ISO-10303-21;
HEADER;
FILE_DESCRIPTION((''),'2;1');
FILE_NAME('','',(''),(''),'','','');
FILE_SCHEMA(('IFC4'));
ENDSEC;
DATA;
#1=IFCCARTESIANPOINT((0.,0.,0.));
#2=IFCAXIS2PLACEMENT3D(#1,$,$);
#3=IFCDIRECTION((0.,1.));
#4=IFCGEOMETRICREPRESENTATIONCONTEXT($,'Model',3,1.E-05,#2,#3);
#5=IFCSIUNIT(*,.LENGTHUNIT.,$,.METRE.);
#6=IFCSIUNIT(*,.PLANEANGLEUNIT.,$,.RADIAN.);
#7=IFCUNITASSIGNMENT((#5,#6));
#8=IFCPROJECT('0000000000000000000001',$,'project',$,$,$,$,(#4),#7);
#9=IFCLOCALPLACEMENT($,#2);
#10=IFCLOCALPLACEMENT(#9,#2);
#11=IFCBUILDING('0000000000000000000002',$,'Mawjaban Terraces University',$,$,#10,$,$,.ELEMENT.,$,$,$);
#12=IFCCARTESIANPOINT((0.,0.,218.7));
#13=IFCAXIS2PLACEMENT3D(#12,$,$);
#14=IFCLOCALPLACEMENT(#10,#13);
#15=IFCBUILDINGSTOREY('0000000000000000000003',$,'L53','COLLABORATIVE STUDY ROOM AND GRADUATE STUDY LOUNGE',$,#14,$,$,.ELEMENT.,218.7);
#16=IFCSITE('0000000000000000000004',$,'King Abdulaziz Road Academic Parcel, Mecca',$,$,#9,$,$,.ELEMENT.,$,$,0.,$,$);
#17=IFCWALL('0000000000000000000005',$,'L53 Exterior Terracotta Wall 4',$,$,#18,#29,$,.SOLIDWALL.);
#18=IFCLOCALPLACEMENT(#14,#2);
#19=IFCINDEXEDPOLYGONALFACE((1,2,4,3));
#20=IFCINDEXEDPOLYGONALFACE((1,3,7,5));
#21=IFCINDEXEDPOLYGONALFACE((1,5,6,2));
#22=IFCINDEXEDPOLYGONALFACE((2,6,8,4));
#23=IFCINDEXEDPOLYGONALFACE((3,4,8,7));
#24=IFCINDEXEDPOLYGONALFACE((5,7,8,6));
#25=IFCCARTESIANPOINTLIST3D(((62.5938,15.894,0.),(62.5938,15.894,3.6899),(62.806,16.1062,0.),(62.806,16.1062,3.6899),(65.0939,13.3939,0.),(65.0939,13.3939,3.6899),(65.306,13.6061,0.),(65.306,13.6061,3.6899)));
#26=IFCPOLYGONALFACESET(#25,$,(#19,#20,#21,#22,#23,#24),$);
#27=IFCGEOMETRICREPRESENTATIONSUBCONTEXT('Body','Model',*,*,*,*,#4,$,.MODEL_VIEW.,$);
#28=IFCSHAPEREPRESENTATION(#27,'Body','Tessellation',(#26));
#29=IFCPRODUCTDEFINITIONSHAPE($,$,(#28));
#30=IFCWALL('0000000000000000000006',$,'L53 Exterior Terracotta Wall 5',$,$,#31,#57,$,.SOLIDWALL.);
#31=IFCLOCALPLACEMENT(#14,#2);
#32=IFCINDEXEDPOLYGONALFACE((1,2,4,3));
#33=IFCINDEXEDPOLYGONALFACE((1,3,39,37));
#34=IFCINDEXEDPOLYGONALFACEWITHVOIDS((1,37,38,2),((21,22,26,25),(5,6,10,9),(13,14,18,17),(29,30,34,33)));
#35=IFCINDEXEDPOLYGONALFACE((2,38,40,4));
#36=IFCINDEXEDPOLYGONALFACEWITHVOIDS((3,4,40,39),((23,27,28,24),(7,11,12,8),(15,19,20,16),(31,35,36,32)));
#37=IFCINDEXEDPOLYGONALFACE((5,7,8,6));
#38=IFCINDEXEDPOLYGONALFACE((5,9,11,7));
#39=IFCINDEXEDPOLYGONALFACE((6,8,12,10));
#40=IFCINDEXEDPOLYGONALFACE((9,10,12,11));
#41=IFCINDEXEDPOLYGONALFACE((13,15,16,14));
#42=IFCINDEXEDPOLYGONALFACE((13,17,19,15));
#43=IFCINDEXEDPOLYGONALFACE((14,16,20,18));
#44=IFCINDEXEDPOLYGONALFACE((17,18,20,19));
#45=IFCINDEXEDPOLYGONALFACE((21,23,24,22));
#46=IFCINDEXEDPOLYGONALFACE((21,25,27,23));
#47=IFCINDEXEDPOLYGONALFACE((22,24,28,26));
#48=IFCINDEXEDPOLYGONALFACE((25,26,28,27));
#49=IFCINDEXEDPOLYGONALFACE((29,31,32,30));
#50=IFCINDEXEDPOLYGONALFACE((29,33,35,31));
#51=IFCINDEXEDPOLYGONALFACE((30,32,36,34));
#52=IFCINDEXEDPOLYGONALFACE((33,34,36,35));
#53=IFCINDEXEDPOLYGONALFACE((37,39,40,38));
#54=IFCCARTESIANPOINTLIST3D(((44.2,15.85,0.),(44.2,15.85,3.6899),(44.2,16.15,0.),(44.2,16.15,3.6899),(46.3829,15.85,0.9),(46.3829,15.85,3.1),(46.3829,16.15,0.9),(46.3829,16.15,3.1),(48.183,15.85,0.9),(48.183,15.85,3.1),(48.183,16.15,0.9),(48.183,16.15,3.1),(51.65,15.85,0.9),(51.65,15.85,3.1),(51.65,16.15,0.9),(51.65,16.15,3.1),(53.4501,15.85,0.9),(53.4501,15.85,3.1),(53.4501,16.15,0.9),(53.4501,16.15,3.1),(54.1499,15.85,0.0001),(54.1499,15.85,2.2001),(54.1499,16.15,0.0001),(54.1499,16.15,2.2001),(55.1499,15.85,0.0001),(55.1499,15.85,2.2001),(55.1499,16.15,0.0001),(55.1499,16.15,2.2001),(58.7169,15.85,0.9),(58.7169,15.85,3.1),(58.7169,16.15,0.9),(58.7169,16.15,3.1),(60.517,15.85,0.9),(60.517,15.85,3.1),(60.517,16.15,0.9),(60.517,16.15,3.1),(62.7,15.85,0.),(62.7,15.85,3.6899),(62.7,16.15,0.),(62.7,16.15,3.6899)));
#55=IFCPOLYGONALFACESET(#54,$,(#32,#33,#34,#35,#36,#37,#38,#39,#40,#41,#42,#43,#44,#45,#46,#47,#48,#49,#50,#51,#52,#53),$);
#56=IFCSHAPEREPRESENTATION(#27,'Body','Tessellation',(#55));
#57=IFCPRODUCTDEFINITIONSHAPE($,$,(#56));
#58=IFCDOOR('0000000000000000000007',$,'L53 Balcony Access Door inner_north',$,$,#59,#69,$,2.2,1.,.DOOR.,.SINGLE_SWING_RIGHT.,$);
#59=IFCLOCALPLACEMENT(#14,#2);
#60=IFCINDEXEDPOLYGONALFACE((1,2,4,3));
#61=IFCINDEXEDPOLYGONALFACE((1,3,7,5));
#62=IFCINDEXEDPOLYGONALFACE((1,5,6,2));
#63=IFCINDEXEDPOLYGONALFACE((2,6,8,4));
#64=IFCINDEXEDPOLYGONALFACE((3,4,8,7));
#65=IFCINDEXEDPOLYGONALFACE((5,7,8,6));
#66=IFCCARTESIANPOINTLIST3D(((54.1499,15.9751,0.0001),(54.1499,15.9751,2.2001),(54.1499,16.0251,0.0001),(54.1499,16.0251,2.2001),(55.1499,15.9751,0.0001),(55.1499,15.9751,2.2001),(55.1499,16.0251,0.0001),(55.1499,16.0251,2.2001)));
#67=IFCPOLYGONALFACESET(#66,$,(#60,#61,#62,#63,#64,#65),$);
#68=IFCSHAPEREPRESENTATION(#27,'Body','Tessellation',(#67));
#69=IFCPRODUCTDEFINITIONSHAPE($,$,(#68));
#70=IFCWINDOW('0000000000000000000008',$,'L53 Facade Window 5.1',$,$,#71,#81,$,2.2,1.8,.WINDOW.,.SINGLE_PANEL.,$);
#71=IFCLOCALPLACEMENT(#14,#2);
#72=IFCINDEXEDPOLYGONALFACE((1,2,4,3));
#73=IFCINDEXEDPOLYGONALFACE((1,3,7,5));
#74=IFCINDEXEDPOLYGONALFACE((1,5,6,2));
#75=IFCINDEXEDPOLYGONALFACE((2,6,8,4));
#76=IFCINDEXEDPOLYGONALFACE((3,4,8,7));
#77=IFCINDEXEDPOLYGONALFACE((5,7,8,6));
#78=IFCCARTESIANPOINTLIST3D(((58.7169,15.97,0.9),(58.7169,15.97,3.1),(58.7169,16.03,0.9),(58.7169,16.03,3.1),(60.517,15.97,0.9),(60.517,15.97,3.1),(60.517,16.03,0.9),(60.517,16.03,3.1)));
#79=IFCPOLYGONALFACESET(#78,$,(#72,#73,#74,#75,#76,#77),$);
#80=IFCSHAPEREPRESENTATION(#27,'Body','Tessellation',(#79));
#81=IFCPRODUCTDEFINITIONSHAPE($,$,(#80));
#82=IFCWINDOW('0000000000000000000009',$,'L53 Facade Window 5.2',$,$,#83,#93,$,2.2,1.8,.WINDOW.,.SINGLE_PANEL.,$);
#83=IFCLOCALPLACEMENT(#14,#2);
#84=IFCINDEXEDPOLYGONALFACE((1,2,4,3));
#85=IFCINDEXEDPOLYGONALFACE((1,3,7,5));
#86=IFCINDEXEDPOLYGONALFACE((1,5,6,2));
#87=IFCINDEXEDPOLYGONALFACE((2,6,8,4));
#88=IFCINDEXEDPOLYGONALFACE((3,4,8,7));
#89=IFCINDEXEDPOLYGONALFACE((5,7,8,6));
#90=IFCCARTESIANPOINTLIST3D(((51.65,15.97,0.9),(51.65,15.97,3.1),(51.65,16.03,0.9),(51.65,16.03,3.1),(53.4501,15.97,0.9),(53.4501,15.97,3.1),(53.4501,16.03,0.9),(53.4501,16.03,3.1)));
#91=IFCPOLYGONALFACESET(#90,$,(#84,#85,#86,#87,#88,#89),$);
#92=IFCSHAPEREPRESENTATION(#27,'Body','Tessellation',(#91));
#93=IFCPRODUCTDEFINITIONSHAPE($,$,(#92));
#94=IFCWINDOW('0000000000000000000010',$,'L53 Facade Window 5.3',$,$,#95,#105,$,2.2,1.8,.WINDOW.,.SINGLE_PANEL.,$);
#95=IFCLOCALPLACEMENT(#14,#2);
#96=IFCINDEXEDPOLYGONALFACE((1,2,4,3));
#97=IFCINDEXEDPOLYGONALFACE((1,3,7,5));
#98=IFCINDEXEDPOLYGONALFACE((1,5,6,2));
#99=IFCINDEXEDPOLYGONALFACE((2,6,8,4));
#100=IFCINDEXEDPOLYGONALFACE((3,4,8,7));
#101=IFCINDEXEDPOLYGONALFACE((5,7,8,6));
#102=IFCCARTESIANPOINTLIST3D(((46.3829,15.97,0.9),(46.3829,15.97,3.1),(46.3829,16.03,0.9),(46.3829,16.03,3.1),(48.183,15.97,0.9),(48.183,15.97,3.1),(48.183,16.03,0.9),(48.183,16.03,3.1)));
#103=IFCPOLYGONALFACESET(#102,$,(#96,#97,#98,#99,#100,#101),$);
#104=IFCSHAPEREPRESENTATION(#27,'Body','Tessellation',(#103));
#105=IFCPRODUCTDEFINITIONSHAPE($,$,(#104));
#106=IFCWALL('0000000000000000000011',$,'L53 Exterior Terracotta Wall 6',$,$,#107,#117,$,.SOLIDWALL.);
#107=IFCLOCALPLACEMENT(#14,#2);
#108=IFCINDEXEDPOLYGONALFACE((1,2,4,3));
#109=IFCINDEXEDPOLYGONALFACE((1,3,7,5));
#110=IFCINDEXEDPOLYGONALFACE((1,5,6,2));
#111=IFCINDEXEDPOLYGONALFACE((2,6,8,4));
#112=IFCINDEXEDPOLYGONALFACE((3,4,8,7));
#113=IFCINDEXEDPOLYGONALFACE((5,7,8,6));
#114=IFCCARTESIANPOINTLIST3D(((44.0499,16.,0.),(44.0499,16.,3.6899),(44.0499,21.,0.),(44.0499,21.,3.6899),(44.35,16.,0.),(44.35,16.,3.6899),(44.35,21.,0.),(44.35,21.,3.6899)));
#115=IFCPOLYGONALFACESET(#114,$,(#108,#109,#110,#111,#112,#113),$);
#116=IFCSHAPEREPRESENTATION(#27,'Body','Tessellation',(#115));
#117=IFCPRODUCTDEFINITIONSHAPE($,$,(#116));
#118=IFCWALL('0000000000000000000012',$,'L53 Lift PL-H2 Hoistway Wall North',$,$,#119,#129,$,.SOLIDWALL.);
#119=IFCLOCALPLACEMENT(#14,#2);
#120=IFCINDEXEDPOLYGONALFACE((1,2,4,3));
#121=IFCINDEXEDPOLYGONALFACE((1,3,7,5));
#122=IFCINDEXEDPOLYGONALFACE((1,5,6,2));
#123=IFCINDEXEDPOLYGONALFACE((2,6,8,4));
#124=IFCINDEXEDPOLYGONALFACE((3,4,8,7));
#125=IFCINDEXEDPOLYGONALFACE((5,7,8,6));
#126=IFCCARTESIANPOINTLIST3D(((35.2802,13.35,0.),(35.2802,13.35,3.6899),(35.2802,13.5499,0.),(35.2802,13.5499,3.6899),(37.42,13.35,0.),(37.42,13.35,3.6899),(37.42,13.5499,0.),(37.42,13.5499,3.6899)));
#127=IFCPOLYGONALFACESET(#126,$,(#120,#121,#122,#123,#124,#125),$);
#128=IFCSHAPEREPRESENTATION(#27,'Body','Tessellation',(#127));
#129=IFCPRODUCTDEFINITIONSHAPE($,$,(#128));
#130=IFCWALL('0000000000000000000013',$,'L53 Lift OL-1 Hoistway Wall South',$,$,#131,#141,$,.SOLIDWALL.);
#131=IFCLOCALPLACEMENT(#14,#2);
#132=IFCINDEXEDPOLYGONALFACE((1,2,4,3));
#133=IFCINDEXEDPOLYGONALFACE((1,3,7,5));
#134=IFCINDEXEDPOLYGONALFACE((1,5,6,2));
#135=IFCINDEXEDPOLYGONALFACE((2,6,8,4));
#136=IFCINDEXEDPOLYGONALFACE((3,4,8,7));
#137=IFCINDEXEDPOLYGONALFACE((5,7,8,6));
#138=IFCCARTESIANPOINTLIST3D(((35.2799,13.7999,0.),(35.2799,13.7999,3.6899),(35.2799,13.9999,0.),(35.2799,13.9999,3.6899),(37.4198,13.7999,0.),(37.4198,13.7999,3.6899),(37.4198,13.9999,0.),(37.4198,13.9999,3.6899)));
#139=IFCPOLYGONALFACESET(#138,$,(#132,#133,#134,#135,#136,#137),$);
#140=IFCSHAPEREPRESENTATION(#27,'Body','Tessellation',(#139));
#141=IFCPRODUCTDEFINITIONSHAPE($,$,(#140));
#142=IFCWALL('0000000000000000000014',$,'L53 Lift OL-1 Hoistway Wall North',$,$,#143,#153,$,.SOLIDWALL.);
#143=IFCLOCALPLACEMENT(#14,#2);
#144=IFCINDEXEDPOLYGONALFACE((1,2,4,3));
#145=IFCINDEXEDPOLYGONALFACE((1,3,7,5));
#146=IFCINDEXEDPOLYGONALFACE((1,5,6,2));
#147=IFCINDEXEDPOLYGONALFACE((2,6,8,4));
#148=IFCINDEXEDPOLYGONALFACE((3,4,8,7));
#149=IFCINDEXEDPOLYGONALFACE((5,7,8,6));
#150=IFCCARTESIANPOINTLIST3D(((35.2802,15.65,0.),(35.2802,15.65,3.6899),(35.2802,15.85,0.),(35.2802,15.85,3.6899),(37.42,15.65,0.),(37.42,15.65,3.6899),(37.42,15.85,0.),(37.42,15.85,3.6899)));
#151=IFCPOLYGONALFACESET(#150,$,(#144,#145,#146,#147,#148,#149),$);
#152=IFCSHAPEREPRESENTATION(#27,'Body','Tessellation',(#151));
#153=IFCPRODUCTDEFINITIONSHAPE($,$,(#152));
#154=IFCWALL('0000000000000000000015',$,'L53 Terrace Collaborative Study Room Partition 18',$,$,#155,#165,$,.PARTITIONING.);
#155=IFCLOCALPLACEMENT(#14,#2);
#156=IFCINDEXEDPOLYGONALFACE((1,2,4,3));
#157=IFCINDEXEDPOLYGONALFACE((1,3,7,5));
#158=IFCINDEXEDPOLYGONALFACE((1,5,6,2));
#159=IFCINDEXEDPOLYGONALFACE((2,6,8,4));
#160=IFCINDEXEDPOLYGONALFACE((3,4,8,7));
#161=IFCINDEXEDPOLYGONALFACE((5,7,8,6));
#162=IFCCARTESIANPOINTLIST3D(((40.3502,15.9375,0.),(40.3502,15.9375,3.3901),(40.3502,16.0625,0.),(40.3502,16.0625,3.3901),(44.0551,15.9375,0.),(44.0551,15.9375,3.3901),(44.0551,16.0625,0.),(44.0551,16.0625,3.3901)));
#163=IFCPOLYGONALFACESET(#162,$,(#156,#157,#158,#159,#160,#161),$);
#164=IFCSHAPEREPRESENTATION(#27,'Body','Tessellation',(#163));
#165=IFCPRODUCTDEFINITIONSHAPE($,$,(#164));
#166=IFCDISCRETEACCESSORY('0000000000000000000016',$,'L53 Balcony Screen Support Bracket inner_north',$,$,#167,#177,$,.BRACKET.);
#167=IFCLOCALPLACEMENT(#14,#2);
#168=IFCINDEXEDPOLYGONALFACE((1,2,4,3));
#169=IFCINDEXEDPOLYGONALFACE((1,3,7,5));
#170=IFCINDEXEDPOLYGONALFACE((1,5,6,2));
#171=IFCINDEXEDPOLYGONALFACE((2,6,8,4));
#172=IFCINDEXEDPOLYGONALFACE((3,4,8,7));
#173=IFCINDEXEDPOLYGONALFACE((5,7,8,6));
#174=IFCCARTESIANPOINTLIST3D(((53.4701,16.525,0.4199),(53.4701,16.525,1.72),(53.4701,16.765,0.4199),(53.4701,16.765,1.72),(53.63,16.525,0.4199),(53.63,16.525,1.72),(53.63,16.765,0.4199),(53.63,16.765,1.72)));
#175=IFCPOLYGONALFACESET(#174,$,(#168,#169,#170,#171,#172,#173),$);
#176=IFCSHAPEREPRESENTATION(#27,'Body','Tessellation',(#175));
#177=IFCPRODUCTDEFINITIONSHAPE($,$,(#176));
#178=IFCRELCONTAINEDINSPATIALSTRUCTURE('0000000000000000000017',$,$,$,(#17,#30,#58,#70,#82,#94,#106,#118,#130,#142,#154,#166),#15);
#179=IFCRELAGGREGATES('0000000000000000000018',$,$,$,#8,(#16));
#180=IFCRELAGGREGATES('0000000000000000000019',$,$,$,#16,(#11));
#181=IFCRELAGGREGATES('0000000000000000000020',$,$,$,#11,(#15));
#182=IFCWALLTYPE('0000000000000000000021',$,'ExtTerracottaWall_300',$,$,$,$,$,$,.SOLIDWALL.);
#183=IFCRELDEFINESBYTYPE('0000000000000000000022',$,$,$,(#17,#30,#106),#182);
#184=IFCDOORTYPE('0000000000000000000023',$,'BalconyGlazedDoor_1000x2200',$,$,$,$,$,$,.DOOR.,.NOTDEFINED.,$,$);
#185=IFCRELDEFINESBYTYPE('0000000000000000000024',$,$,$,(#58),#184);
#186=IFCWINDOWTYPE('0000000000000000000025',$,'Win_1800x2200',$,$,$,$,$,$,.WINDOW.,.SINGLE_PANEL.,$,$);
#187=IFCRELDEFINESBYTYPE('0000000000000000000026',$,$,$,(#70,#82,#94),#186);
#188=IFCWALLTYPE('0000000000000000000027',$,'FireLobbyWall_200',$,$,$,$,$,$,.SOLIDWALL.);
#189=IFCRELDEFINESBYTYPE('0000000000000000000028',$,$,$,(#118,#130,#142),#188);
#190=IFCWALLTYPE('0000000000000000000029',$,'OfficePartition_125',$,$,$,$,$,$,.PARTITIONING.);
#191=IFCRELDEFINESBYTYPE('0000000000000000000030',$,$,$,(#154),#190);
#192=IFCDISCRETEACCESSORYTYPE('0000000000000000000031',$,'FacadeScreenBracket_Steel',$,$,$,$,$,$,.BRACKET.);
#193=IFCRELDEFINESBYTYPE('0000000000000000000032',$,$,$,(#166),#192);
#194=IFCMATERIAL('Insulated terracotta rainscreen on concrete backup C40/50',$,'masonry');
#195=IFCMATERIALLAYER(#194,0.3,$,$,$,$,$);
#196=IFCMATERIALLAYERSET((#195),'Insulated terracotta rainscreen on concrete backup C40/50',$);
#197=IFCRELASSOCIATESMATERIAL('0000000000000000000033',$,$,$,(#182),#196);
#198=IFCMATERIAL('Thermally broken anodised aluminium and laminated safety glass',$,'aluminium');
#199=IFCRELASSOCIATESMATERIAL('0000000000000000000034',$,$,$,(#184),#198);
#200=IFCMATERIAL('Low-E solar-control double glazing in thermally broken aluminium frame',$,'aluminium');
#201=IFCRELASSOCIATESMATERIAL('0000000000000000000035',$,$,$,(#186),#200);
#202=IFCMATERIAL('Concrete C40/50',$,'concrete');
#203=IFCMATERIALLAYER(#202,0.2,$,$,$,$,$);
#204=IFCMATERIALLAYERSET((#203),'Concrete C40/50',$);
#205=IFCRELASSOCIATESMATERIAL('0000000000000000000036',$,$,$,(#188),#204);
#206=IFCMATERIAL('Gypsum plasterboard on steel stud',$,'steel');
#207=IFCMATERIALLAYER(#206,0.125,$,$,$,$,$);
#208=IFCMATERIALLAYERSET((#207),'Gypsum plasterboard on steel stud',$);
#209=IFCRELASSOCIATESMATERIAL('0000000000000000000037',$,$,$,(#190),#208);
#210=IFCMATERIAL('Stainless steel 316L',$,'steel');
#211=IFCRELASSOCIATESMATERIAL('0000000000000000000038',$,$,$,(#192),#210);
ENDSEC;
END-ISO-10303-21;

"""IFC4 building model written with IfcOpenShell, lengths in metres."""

from ifc_helpers import new_model, si_unit, direction, frame, frame_2d, origin, origin_2d, place, context, subcontext, project, spatial, rectangle, extrude, material, layer, layer_set, type_object, element, fill, save


model = new_model("IFC4")

# Units and contexts
model_context = context("Model", 3, precision=1e-05, world=origin(), true_north=direction((0.0, 1.0)))
body_context = subcontext(model_context, "Body", "Model", "MODEL_VIEW")
ifc_project = project(units=[si_unit("LENGTHUNIT", "METRE"), si_unit("PLANEANGLEUNIT", "RADIAN")], contexts=[model_context])

# Site, building, storey
site_placement = place(None, origin())
site = spatial("IfcSite", under=ifc_project, at=site_placement, Name="King Abdulaziz Road Academic Parcel, Mecca", CompositionType="ELEMENT", RefElevation=0.0)
building_placement = place(site_placement, origin())
building = spatial("IfcBuilding", under=site, at=building_placement, Name="Mawjaban Terraces University", CompositionType="ELEMENT")
storey_placement = place(building_placement, frame((0.0, 0.0, 218.7)))
storey = spatial("IfcBuildingStorey", under=building, at=storey_placement, Name="L53", Description="COLLABORATIVE STUDY ROOM AND GRADUATE STUDY LOUNGE", CompositionType="ELEMENT", Elevation=218.7)

# Wall
ifc_material_1 = material(Name="Insulated terracotta rainscreen on concrete backup C40/50", Category="masonry")
ifc_layer_1 = layer(ifc_material_1, 0.3)
ifc_layer_set_1 = layer_set([ifc_layer_1], Name="Insulated terracotta rainscreen on concrete backup C40/50")
wall_type_1 = type_object("IfcWallType", Name="ExtTerracottaWall_300", PredefinedType="SOLIDWALL", material=ifc_layer_set_1)
wall_1_placement = place(storey_placement, frame((65.2, 13.5, 0.0), z_axis=(0.0, 0.0, 1.0), x_axis=(-0.707107, 0.707107, 0.0)))
element("IfcWall", 1, at=wall_1_placement, inside=storey, type_object=wall_type_1, Name="L53 Exterior Terracotta Wall 4", PredefinedType="SOLIDWALL", context=body_context, shape_type="SweptSolid", body=[
    extrude(rectangle(XDim=3.5356, YDim=0.3, at=frame_2d((1.7678, 0.0))), origin(), (0.0, 0.0, 1.0), 3.6899),
])

# Wall, openings, door, windows
wall_2_placement = place(storey_placement, frame((62.7, 16.0, 0.0), z_axis=(0.0, 0.0, 1.0), x_axis=(-1.0, 0.0, 0.0)))
wall_2 = element("IfcWall", 2, at=wall_2_placement, inside=storey, type_object=wall_type_1, Name="L53 Exterior Terracotta Wall 5", PredefinedType="SOLIDWALL", context=body_context, shape_type="SweptSolid", body=[
    extrude(rectangle(XDim=18.5, YDim=0.3, at=frame_2d((9.25, 0.0))), origin(), (0.0, 0.0, 1.0), 3.6899),
])
opening_1_placement = place(wall_2_placement, frame((7.55, 0.0, 0.0)))
opening_1 = element("IfcOpeningElement", 3, at=opening_1_placement, cuts=wall_2, PredefinedType="OPENING", context=body_context, shape_type="SweptSolid", body=[
    extrude(rectangle(XDim=1.0, YDim=2.2, at=frame_2d((0.5, 1.1001))), frame((0.0, 0.1599, 0.0), z_axis=(0.0, -1.0, 0.0), x_axis=(1.0, 0.0, 0.0)), (0.0, 0.0, 1.0), 0.3201),
])
opening_2_placement = place(wall_2_placement, frame((2.1831, 0.0, 0.8999)))
opening_2 = element("IfcOpeningElement", 4, at=opening_2_placement, cuts=wall_2, PredefinedType="OPENING", context=body_context, shape_type="SweptSolid", body=[
    extrude(rectangle(XDim=1.8, YDim=2.2, at=frame_2d((0.8999, 1.1001))), frame((0.0, 0.1599, 0.0), z_axis=(0.0, -1.0, 0.0), x_axis=(1.0, 0.0, 0.0)), (0.0, 0.0, 1.0), 0.3201),
])
opening_3_placement = place(wall_2_placement, frame((9.25, 0.0, 0.8999)))
opening_3 = element("IfcOpeningElement", 5, at=opening_3_placement, cuts=wall_2, PredefinedType="OPENING", context=body_context, shape_type="SweptSolid", body=[
    extrude(rectangle(XDim=1.8, YDim=2.2, at=frame_2d((0.8999, 1.1001))), frame((0.0, 0.1599, 0.0), z_axis=(0.0, -1.0, 0.0), x_axis=(1.0, 0.0, 0.0)), (0.0, 0.0, 1.0), 0.3201),
])
opening_4_placement = place(wall_2_placement, frame((14.5171, 0.0, 0.8999)))
opening_4 = element("IfcOpeningElement", 6, at=opening_4_placement, cuts=wall_2, PredefinedType="OPENING", context=body_context, shape_type="SweptSolid", body=[
    extrude(rectangle(XDim=1.8, YDim=2.2, at=frame_2d((0.8999, 1.1001))), frame((0.0, 0.1599, 0.0), z_axis=(0.0, -1.0, 0.0), x_axis=(1.0, 0.0, 0.0)), (0.0, 0.0, 1.0), 0.3201),
])
ifc_material_2 = material(Name="Thermally broken anodised aluminium and laminated safety glass", Category="aluminium")
door_type_1 = type_object("IfcDoorType", Name="BalconyGlazedDoor_1000x2200", OperationType="NOTDEFINED", PredefinedType="DOOR", material=ifc_material_2)
door_1_placement = place(opening_1_placement, origin())
door_1 = element("IfcDoor", 7, at=door_1_placement, inside=storey, type_object=door_type_1, Name="L53 Balcony Access Door inner_north", OperationType="SINGLE_SWING_RIGHT", OverallHeight=2.2, OverallWidth=1.0, PredefinedType="DOOR", context=body_context, shape_type="SweptSolid", body=[
    extrude(rectangle(XDim=1.0, YDim=2.2, at=frame_2d((0.5, 1.1001))), frame((0.0, 0.0249, 0.0), z_axis=(0.0, -1.0, 0.0), x_axis=(1.0, 0.0, 0.0)), (0.0, 0.0, 1.0), 0.05),
])
fill(opening_1, door_1)
ifc_material_3 = material(Name="Low-E solar-control double glazing in thermally broken aluminium frame", Category="aluminium")
window_type = type_object("IfcWindowType", Name="Win_1800x2200", PartitioningType="SINGLE_PANEL", PredefinedType="WINDOW", material=ifc_material_3)
window_1_placement = place(opening_2_placement, origin())
window_1 = element("IfcWindow", 8, at=window_1_placement, inside=storey, type_object=window_type, Name="L53 Facade Window 5.1", OverallHeight=2.2, OverallWidth=1.8, PartitioningType="SINGLE_PANEL", PredefinedType="WINDOW", context=body_context, shape_type="SweptSolid", body=[
    extrude(rectangle(XDim=1.8, YDim=2.2, at=frame_2d((0.8999, 1.1001))), frame((0.0, 0.03, 0.0), z_axis=(0.0, -1.0, 0.0), x_axis=(1.0, 0.0, 0.0)), (0.0, 0.0, 1.0), 0.0601),
])
fill(opening_2, window_1)
window_2_placement = place(opening_3_placement, origin())
window_2 = element("IfcWindow", 9, at=window_2_placement, inside=storey, type_object=window_type, Name="L53 Facade Window 5.2", OverallHeight=2.2, OverallWidth=1.8, PartitioningType="SINGLE_PANEL", PredefinedType="WINDOW", context=body_context, shape_type="SweptSolid", body=[
    extrude(rectangle(XDim=1.8, YDim=2.2, at=frame_2d((0.8999, 1.1001))), frame((0.0, 0.03, 0.0), z_axis=(0.0, -1.0, 0.0), x_axis=(1.0, 0.0, 0.0)), (0.0, 0.0, 1.0), 0.0601),
])
fill(opening_3, window_2)
window_3_placement = place(opening_4_placement, origin())
window_3 = element("IfcWindow", 10, at=window_3_placement, inside=storey, type_object=window_type, Name="L53 Facade Window 5.3", OverallHeight=2.2, OverallWidth=1.8, PartitioningType="SINGLE_PANEL", PredefinedType="WINDOW", context=body_context, shape_type="SweptSolid", body=[
    extrude(rectangle(XDim=1.8, YDim=2.2, at=frame_2d((0.8999, 1.1001))), frame((0.0, 0.03, 0.0), z_axis=(0.0, -1.0, 0.0), x_axis=(1.0, 0.0, 0.0)), (0.0, 0.0, 1.0), 0.0601),
])
fill(opening_4, window_3)

# Walls
wall_3_placement = place(storey_placement, frame((44.2, 16.0, 0.0), z_axis=(0.0, 0.0, 1.0), x_axis=(0.0, 1.0, 0.0)))
element("IfcWall", 11, at=wall_3_placement, inside=storey, type_object=wall_type_1, Name="L53 Exterior Terracotta Wall 6", PredefinedType="SOLIDWALL", context=body_context, shape_type="SweptSolid", body=[
    extrude(rectangle(XDim=5.0, YDim=0.3, at=frame_2d((2.5, 0.0))), origin(), (0.0, 0.0, 1.0), 3.6899),
])
ifc_material_4 = material(Name="Concrete C40/50", Category="concrete")
ifc_layer_2 = layer(ifc_material_4, 0.2)
ifc_layer_set_2 = layer_set([ifc_layer_2], Name="Concrete C40/50")
wall_type_2 = type_object("IfcWallType", Name="FireLobbyWall_200", PredefinedType="SOLIDWALL", material=ifc_layer_set_2)
for number, where, z_axis, x_axis, name in (
    (12, (37.4199, 13.45, 0.0), (0.0, 0.0, 1.0), (-1.0, 0.0, 0.0), "L53 Lift PL-H2 Hoistway Wall North"),
    (13, (35.28, 13.8999, 0.0), (0.0, 0.0, 1.0), (1.0, 0.0, 0.0), "L53 Lift OL-1 Hoistway Wall South"),
    (14, (37.4199, 15.75, 0.0), (0.0, 0.0, 1.0), (-1.0, 0.0, 0.0), "L53 Lift OL-1 Hoistway Wall North"),
):
    element("IfcWall", number, at=place(storey_placement, frame(where, z_axis=z_axis, x_axis=x_axis)), inside=storey, type_object=wall_type_2, Name=name, PredefinedType="SOLIDWALL", context=body_context, shape_type="SweptSolid", body=[
        extrude(rectangle(XDim=2.1399, YDim=0.2, at=frame_2d((1.0698, 0.0))), origin(), (0.0, 0.0, 1.0), 3.6899),
    ])
ifc_material_5 = material(Name="Gypsum plasterboard on steel stud", Category="steel")
ifc_layer_3 = layer(ifc_material_5, 0.125)
ifc_layer_set_3 = layer_set([ifc_layer_3], Name="Gypsum plasterboard on steel stud")
wall_type_3 = type_object("IfcWallType", Name="OfficePartition_125", PredefinedType="PARTITIONING", material=ifc_layer_set_3)
wall_4_placement = place(storey_placement, frame((40.3501, 16.0, 0.0), z_axis=(0.0, 0.0, 1.0), x_axis=(1.0, 0.0, 0.0)))
element("IfcWall", 15, at=wall_4_placement, inside=storey, type_object=wall_type_3, Name="L53 Terrace Collaborative Study Room Partition 18", PredefinedType="PARTITIONING", context=body_context, shape_type="SweptSolid", body=[
    extrude(rectangle(XDim=3.7048, YDim=0.125, at=frame_2d((1.8525, 0.0))), origin(), (0.0, 0.0, 1.0), 3.3901),
])

# Discrete accessory
ifc_material_6 = material(Name="Stainless steel 316L", Category="steel")
discrete_accessory_type_1 = type_object("IfcDiscreteAccessoryType", Name="FacadeScreenBracket_Steel", PredefinedType="BRACKET", material=ifc_material_6)
discrete_accessory_1_placement = place(storey_placement, frame((53.55, 16.645, 0.4199), z_axis=(0.0, 0.0, 1.0), x_axis=(1.0, 0.0, 0.0)))
element("IfcDiscreteAccessory", 16, at=discrete_accessory_1_placement, inside=storey, type_object=discrete_accessory_type_1, Name="L53 Balcony Screen Support Bracket inner_north", PredefinedType="BRACKET", context=body_context, shape_type="SweptSolid", body=[
    extrude(rectangle(XDim=0.1599, YDim=0.24, at=origin_2d()), origin(), (0.0, 0.0, 1.0), 1.3),
])

save(model, "model.ifc")
